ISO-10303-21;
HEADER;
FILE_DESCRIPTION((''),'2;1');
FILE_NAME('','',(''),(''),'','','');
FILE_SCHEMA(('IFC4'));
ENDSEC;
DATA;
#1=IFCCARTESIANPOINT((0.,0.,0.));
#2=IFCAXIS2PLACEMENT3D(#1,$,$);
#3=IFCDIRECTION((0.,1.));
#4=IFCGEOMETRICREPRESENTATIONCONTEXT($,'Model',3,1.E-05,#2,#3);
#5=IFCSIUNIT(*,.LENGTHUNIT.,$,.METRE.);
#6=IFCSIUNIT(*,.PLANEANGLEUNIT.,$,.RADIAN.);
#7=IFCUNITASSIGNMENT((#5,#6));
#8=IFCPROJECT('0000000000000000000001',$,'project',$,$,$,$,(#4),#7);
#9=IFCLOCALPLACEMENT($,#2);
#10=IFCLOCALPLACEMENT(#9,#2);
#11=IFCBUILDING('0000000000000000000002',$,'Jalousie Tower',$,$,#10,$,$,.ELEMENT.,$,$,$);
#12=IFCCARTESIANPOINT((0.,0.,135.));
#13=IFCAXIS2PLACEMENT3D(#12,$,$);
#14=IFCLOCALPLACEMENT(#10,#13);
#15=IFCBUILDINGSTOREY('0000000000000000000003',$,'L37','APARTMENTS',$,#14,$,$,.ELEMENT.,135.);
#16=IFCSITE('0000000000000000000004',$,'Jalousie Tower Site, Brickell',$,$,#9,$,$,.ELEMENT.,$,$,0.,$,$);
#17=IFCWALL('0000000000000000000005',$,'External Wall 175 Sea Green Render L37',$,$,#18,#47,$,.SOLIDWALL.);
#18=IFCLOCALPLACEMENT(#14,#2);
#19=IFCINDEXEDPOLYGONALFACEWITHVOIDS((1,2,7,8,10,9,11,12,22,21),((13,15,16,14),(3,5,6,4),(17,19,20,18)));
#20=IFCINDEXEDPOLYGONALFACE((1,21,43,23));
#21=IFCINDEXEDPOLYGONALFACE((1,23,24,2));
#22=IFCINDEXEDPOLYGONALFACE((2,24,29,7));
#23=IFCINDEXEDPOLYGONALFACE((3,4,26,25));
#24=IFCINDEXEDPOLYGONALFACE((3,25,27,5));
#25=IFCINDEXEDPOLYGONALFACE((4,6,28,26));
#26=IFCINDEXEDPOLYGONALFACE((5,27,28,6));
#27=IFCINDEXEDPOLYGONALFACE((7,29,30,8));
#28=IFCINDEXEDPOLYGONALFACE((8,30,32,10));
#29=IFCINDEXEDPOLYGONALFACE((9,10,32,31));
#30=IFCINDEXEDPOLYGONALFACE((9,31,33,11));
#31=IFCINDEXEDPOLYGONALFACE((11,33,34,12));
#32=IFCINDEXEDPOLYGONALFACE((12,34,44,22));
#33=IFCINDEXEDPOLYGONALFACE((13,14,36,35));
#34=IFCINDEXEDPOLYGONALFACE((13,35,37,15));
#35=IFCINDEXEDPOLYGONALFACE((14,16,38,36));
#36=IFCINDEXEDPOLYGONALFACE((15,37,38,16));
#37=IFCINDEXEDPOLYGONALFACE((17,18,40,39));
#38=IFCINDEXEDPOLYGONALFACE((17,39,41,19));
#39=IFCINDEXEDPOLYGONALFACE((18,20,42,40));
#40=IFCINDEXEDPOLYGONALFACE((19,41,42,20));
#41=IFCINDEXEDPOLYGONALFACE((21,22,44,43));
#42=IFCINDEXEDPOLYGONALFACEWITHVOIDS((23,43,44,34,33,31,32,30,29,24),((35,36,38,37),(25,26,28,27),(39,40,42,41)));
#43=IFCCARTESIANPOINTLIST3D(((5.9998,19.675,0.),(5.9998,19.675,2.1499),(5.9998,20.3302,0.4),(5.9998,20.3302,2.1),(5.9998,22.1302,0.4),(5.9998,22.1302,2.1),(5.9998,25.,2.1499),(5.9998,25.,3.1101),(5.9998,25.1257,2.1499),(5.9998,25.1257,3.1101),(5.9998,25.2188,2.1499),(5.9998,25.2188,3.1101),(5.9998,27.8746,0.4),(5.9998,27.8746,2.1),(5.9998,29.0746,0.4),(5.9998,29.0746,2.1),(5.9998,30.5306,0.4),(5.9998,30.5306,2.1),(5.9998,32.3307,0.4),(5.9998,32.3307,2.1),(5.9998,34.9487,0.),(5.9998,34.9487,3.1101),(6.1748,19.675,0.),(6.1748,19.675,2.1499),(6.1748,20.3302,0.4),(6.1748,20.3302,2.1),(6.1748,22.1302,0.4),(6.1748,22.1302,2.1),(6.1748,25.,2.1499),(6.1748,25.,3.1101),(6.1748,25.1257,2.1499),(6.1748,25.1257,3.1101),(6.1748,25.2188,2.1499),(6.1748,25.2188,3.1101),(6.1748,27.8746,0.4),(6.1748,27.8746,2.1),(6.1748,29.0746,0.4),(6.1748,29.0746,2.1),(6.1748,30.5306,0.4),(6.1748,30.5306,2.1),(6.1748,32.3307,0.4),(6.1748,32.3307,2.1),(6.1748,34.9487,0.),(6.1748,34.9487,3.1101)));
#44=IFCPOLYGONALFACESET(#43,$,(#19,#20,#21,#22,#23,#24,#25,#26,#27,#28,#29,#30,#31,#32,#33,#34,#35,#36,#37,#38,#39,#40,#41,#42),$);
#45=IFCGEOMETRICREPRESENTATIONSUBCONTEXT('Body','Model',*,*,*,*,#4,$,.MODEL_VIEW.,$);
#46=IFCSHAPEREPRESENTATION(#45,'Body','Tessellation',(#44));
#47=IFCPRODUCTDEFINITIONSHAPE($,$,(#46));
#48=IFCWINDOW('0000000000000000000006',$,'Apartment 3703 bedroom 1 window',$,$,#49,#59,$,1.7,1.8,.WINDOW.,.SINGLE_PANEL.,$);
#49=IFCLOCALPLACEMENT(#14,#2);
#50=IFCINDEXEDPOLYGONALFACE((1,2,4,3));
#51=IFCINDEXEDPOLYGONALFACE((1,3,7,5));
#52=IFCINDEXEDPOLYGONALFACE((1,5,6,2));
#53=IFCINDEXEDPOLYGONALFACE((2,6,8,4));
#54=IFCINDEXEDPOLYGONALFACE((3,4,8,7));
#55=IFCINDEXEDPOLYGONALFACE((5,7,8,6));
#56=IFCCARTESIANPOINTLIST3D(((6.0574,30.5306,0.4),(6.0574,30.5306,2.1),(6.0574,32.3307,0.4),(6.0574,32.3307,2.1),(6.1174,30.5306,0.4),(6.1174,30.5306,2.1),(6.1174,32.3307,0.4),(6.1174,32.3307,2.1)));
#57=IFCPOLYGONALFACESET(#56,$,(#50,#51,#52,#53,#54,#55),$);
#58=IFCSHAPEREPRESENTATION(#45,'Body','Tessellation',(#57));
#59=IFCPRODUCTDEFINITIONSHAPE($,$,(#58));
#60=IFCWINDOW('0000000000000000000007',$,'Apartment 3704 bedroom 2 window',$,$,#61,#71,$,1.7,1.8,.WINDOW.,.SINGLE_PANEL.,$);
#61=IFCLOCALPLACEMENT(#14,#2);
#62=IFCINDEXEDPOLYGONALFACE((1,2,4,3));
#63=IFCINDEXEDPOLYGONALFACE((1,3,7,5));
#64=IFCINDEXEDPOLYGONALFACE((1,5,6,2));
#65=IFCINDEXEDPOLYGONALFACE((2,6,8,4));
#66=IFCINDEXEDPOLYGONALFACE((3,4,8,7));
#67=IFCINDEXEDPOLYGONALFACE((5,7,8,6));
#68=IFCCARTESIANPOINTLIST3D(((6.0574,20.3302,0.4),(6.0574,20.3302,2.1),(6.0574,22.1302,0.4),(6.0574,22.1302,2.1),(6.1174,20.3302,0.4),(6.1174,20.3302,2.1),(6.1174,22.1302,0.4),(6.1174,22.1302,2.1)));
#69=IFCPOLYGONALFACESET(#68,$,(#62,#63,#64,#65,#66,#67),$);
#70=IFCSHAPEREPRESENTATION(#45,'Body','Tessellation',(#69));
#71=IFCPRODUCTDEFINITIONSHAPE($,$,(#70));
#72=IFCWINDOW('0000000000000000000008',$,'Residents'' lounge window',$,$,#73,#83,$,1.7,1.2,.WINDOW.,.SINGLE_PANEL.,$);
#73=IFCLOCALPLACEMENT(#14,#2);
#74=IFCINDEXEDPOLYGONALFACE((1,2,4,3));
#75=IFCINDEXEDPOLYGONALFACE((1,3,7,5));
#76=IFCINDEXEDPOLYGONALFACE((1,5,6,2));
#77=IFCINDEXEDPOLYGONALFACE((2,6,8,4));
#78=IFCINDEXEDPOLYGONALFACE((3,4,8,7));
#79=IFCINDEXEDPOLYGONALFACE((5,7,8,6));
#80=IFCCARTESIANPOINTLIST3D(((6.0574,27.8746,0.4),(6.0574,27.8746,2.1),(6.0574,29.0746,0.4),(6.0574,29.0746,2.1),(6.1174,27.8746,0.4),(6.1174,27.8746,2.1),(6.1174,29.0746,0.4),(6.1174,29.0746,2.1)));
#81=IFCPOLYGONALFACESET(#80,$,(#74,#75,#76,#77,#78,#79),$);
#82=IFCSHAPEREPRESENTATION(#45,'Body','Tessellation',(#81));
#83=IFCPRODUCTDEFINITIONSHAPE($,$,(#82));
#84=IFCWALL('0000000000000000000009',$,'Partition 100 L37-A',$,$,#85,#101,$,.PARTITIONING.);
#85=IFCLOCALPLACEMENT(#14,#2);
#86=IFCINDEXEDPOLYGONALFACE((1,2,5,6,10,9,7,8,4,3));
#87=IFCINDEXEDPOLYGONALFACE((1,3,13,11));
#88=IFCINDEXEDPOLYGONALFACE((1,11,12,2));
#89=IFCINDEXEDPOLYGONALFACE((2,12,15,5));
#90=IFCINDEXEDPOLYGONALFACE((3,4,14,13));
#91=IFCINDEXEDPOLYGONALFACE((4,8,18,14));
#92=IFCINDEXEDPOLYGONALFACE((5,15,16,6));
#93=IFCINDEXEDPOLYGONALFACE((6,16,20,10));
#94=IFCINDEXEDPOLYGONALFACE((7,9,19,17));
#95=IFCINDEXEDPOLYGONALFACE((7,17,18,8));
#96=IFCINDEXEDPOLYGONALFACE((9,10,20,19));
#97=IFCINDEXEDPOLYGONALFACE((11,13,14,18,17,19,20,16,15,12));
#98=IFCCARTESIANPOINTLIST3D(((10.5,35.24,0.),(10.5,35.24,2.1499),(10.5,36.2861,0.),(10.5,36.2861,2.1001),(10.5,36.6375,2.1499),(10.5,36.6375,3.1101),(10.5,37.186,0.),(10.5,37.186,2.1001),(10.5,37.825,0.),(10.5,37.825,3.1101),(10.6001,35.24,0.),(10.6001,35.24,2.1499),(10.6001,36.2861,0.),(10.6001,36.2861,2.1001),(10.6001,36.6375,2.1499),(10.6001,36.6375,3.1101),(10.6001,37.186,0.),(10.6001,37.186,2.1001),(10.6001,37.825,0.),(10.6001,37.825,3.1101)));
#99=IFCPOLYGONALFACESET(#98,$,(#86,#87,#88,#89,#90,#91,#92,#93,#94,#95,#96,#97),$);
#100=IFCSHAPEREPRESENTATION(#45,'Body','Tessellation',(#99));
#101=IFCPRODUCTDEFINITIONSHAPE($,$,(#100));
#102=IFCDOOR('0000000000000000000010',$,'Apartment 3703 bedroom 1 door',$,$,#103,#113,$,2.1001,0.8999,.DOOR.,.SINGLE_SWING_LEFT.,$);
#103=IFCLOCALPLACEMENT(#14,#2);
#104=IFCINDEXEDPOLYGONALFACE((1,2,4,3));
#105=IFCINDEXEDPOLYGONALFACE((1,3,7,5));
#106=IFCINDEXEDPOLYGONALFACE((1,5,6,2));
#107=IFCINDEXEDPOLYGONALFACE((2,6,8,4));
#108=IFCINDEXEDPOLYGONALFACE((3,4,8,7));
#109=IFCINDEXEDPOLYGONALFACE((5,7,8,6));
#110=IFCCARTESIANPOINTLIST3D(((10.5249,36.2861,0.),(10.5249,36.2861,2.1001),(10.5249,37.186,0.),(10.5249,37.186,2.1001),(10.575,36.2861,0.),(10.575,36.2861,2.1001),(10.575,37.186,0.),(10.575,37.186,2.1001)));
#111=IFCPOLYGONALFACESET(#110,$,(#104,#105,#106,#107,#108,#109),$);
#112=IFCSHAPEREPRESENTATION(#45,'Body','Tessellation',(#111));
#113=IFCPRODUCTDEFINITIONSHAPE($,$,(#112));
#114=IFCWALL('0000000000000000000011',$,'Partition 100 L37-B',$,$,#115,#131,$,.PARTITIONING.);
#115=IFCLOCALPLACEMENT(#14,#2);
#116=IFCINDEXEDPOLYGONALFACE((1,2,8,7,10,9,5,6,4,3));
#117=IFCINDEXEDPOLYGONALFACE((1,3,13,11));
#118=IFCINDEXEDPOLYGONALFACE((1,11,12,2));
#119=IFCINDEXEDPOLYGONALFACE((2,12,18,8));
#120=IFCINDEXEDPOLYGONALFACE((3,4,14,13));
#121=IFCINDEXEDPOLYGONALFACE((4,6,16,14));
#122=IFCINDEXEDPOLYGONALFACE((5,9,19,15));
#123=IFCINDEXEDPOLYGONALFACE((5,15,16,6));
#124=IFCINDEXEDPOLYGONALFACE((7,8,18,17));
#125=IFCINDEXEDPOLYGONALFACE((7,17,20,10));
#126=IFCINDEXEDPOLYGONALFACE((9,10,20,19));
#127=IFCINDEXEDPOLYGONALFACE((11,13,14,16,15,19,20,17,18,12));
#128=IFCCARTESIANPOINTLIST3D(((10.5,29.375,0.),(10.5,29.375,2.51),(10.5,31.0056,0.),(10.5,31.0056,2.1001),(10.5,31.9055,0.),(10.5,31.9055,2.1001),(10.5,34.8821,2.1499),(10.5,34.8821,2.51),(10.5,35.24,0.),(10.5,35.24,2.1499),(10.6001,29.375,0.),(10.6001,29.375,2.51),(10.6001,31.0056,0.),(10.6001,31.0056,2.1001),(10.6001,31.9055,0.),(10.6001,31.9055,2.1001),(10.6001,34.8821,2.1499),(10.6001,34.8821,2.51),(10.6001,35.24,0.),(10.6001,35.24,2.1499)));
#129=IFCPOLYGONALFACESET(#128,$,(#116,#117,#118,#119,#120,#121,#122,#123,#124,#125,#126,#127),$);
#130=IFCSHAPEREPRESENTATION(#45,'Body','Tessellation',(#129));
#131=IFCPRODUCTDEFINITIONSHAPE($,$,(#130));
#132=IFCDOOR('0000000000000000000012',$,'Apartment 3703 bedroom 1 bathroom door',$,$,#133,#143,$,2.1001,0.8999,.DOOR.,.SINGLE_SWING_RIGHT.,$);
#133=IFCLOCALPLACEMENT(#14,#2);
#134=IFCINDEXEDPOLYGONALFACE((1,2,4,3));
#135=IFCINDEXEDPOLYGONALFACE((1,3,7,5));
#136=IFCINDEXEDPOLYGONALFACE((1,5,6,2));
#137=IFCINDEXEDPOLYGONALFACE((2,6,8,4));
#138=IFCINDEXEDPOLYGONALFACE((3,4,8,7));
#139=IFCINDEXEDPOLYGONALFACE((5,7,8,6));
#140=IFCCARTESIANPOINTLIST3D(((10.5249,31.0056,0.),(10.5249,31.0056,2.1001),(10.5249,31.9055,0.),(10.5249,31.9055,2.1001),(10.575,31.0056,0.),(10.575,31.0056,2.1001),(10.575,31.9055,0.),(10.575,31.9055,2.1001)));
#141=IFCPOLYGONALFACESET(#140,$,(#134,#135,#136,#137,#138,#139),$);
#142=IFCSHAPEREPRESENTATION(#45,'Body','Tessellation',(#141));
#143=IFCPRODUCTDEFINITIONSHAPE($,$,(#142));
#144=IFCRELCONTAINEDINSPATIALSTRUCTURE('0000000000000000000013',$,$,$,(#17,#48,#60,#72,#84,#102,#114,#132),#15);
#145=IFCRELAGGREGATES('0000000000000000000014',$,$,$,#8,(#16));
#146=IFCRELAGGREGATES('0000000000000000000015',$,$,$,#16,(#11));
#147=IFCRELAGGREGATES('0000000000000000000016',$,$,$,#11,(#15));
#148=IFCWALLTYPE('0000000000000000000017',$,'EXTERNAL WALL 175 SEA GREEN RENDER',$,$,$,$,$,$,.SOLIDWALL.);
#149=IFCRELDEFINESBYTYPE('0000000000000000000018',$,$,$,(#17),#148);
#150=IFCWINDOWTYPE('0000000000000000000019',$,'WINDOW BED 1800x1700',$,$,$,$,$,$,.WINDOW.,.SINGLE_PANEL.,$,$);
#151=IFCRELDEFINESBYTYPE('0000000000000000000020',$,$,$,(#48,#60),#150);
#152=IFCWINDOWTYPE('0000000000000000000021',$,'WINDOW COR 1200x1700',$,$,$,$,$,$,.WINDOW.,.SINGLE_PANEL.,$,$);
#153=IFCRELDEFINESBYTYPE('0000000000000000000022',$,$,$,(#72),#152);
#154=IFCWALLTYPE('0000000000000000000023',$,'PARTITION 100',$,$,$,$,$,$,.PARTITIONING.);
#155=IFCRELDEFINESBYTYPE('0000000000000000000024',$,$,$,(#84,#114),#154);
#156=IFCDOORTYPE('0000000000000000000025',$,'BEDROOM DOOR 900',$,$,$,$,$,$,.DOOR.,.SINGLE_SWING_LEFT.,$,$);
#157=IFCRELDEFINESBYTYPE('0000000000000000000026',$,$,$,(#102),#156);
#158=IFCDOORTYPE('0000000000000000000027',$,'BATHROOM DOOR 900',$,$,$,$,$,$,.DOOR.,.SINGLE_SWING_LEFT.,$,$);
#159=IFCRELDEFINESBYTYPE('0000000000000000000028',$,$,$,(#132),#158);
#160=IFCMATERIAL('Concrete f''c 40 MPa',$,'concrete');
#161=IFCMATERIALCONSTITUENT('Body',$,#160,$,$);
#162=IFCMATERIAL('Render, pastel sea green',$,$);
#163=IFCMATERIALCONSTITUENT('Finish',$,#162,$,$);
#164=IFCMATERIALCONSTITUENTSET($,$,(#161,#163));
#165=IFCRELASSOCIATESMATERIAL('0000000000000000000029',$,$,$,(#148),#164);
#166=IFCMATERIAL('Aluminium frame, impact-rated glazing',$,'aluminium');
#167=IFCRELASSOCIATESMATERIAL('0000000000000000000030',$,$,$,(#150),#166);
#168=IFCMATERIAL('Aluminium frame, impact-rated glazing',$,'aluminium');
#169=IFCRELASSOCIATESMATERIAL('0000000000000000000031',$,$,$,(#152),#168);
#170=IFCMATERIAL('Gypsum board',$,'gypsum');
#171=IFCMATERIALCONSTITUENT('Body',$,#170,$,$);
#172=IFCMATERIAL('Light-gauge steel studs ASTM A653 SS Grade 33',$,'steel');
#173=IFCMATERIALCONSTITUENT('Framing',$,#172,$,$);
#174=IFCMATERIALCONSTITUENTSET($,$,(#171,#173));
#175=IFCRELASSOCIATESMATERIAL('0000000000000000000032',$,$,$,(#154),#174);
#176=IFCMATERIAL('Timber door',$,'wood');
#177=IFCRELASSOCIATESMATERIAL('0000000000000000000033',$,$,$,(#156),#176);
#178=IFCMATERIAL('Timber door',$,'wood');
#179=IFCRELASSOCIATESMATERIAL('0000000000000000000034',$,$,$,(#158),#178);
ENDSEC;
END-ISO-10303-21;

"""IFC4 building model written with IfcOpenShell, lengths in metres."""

from ifc_helpers import new_model, si_unit, direction, frame, frame_2d, origin, place, context, subcontext, project, spatial, polyline, rectangle, outline, extrude, material, constituent, constituent_set, type_object, element, fill, save


model = new_model("IFC4")

# Units and contexts
model_context = context("Model", 3, precision=1e-05, world=origin(), true_north=direction((0.0, 1.0)))
body_context = subcontext(model_context, "Body", "Model", "MODEL_VIEW")
ifc_project = project(units=[si_unit("LENGTHUNIT", "METRE"), si_unit("PLANEANGLEUNIT", "RADIAN")], contexts=[model_context])

# Site, building, storey
site_placement = place(None, origin())
site = spatial("IfcSite", under=ifc_project, at=site_placement, Name="Jalousie Tower Site, Brickell", CompositionType="ELEMENT", RefElevation=0.0)
building_placement = place(site_placement, origin())
building = spatial("IfcBuilding", under=site, at=building_placement, Name="Jalousie Tower", CompositionType="ELEMENT")
storey_placement = place(building_placement, frame((0.0, 0.0, 135.0)))
storey = spatial("IfcBuildingStorey", under=building, at=storey_placement, Name="L37", Description="APARTMENTS", CompositionType="ELEMENT", Elevation=135.0)

# Wall, openings, windows
ifc_material_1 = material(Name="Concrete f'c 40 MPa", Category="concrete")
ifc_constituent_1 = constituent(ifc_material_1, Name="Body")
ifc_material_2 = material(Name="Render, pastel sea green")
ifc_constituent_2 = constituent(ifc_material_2, Name="Finish")
ifc_constituent_set_1 = constituent_set(constituents=[ifc_constituent_1, ifc_constituent_2])
wall_type_1 = type_object("IfcWallType", Name="EXTERNAL WALL 175 SEA GREEN RENDER", PredefinedType="SOLIDWALL", material=ifc_constituent_set_1)
wall_1_placement = place(storey_placement, frame((6.0874, 34.9487, 0.0), z_axis=(0.0, 0.0, 1.0), x_axis=(0.0, -1.0, 0.0)))
wall_1 = element("IfcWall", 1, at=wall_1_placement, inside=storey, type_object=wall_type_1, Name="External Wall 175 Sea Green Render L37", PredefinedType="SOLIDWALL", context=body_context, shape_type="SweptSolid", body=[
    extrude(outline(polyline([(0.0, 0.0), (15.2737, 0.0), (15.2737, 2.1499), (9.9487, 2.1499), (9.9487, 3.1101), (9.823, 3.1101), (9.823, 2.1499), (9.73, 2.1499), (9.73, 3.1101), (0.0, 3.1101), (0.0, 0.0)])), frame((0.0, 0.0874, 0.0), z_axis=(0.0, -1.0, 0.0), x_axis=(1.0, 0.0, 0.0)), (0.0, 0.0, 1.0), 0.175),
])
opening_1_placement = place(wall_1_placement, frame((2.6182, 0.0, 0.3999)))
opening_1 = element("IfcOpeningElement", 2, at=opening_1_placement, cuts=wall_1, PredefinedType="OPENING", context=body_context, shape_type="SweptSolid", body=[
    extrude(rectangle(XDim=1.8, YDim=1.7, at=frame_2d((0.8999, 0.8501))), frame((0.0, 0.0974, 0.0), z_axis=(0.0, -1.0, 0.0), x_axis=(1.0, 0.0, 0.0)), (0.0, 0.0, 1.0), 0.1951),
])
opening_2_placement = place(wall_1_placement, frame((5.874, 0.0, 0.3999)))
opening_2 = element("IfcOpeningElement", 3, at=opening_2_placement, cuts=wall_1, PredefinedType="OPENING", context=body_context, shape_type="SweptSolid", body=[
    extrude(rectangle(XDim=1.2, YDim=1.7, at=frame_2d((0.6001, 0.8501))), frame((0.0, 0.0974, 0.0), z_axis=(0.0, -1.0, 0.0), x_axis=(1.0, 0.0, 0.0)), (0.0, 0.0, 1.0), 0.1951),
])
opening_3_placement = place(wall_1_placement, frame((12.8186, 0.0, 0.3999)))
opening_3 = element("IfcOpeningElement", 4, at=opening_3_placement, cuts=wall_1, PredefinedType="OPENING", context=body_context, shape_type="SweptSolid", body=[
    extrude(rectangle(XDim=1.8, YDim=1.7, at=frame_2d((0.8999, 0.8501))), frame((0.0, 0.0974, 0.0), z_axis=(0.0, -1.0, 0.0), x_axis=(1.0, 0.0, 0.0)), (0.0, 0.0, 1.0), 0.1951),
])
ifc_material_3 = material(Name="Aluminium frame, impact-rated glazing", Category="aluminium")
window_type_1 = type_object("IfcWindowType", Name="WINDOW BED 1800x1700", PartitioningType="SINGLE_PANEL", PredefinedType="WINDOW", material=ifc_material_3)
window_1_placement = place(opening_1_placement, origin())
window_1 = element("IfcWindow", 5, at=window_1_placement, inside=storey, type_object=window_type_1, Name="Apartment 3703 bedroom 1 window", OverallHeight=1.7, OverallWidth=1.8, PartitioningType="SINGLE_PANEL", PredefinedType="WINDOW", context=body_context, shape_type="SweptSolid", body=[
    extrude(rectangle(XDim=1.8, YDim=1.7, at=frame_2d((0.8999, 0.8501))), frame((0.0, 0.03, 0.0), z_axis=(0.0, -1.0, 0.0), x_axis=(1.0, 0.0, 0.0)), (0.0, 0.0, 1.0), 0.0601),
])
fill(opening_1, window_1)
window_2_placement = place(opening_3_placement, origin())
window_2 = element("IfcWindow", 6, at=window_2_placement, inside=storey, type_object=window_type_1, Name="Apartment 3704 bedroom 2 window", OverallHeight=1.7, OverallWidth=1.8, PartitioningType="SINGLE_PANEL", PredefinedType="WINDOW", context=body_context, shape_type="SweptSolid", body=[
    extrude(rectangle(XDim=1.8, YDim=1.7, at=frame_2d((0.8999, 0.8501))), frame((0.0, 0.03, 0.0), z_axis=(0.0, -1.0, 0.0), x_axis=(1.0, 0.0, 0.0)), (0.0, 0.0, 1.0), 0.0601),
])
fill(opening_3, window_2)
ifc_material_4 = material(Name="Aluminium frame, impact-rated glazing", Category="aluminium")
window_type_2 = type_object("IfcWindowType", Name="WINDOW COR 1200x1700", PartitioningType="SINGLE_PANEL", PredefinedType="WINDOW", material=ifc_material_4)
window_3_placement = place(opening_2_placement, origin())
window_3 = element("IfcWindow", 7, at=window_3_placement, inside=storey, type_object=window_type_2, Name="Residents' lounge window", OverallHeight=1.7, OverallWidth=1.2, PartitioningType="SINGLE_PANEL", PredefinedType="WINDOW", context=body_context, shape_type="SweptSolid", body=[
    extrude(rectangle(XDim=1.2, YDim=1.7, at=frame_2d((0.6001, 0.8501))), frame((0.0, 0.03, 0.0), z_axis=(0.0, -1.0, 0.0), x_axis=(1.0, 0.0, 0.0)), (0.0, 0.0, 1.0), 0.0601),
])
fill(opening_2, window_3)

# Walls, openings, doors
ifc_material_5 = material(Name="Gypsum board", Category="gypsum")
ifc_constituent_3 = constituent(ifc_material_5, Name="Body")
ifc_material_6 = material(Name="Light-gauge steel studs ASTM A653 SS Grade 33", Category="steel")
ifc_constituent_4 = constituent(ifc_material_6, Name="Framing")
ifc_constituent_set_2 = constituent_set(constituents=[ifc_constituent_3, ifc_constituent_4])
wall_type_2 = type_object("IfcWallType", Name="PARTITION 100", PredefinedType="PARTITIONING", material=ifc_constituent_set_2)
wall_2_placement = place(storey_placement, frame((10.55, 37.825, 0.0), z_axis=(0.0, 0.0, 1.0), x_axis=(0.0, -1.0, 0.0)))
wall_2 = element("IfcWall", 8, at=wall_2_placement, inside=storey, type_object=wall_type_2, Name="Partition 100 L37-A", PredefinedType="PARTITIONING", context=body_context, shape_type="SweptSolid", body=[
    extrude(outline(polyline([(0.0, 0.0), (2.585, 0.0), (2.585, 2.1499), (1.1875, 2.1499), (1.1875, 3.1101), (0.0, 3.1101), (0.0, 0.0)])), frame((0.0, 0.05, 0.0), z_axis=(0.0, -1.0, 0.0), x_axis=(1.0, 0.0, 0.0)), (0.0, 0.0, 1.0), 0.1001),
])
opening_4_placement = place(wall_2_placement, frame((0.6389, 0.0, 0.0)))
opening_4 = element("IfcOpeningElement", 9, at=opening_4_placement, cuts=wall_2, PredefinedType="OPENING", context=body_context, shape_type="SweptSolid", body=[
    extrude(rectangle(XDim=0.8999, YDim=2.1001, at=frame_2d((0.45, 1.05))), frame((0.0, 0.0601, 0.0), z_axis=(0.0, -1.0, 0.0), x_axis=(1.0, 0.0, 0.0)), (0.0, 0.0, 1.0), 0.1201),
])
ifc_material_7 = material(Name="Timber door", Category="wood")
door_type_1 = type_object("IfcDoorType", Name="BEDROOM DOOR 900", OperationType="SINGLE_SWING_LEFT", PredefinedType="DOOR", material=ifc_material_7)
door_1_placement = place(opening_4_placement, origin())
door_1 = element("IfcDoor", 10, at=door_1_placement, inside=storey, type_object=door_type_1, Name="Apartment 3703 bedroom 1 door", OperationType="SINGLE_SWING_LEFT", OverallHeight=2.1001, OverallWidth=0.8999, PredefinedType="DOOR", context=body_context, shape_type="SweptSolid", body=[
    extrude(rectangle(XDim=0.8999, YDim=2.1001, at=frame_2d((0.45, 1.05))), frame((0.0, 0.0249, 0.0), z_axis=(0.0, -1.0, 0.0), x_axis=(1.0, 0.0, 0.0)), (0.0, 0.0, 1.0), 0.05),
])
fill(opening_4, door_1)
wall_3_placement = place(storey_placement, frame((10.55, 35.24, 0.0), z_axis=(0.0, 0.0, 1.0), x_axis=(0.0, -1.0, 0.0)))
wall_3 = element("IfcWall", 11, at=wall_3_placement, inside=storey, type_object=wall_type_2, Name="Partition 100 L37-B", PredefinedType="PARTITIONING", context=body_context, shape_type="SweptSolid", body=[
    extrude(outline(polyline([(0.0, 0.0), (5.865, 0.0), (5.865, 2.51), (0.3579, 2.51), (0.3579, 2.1499), (0.0, 2.1499), (0.0, 0.0)])), frame((0.0, 0.05, 0.0), z_axis=(0.0, -1.0, 0.0), x_axis=(1.0, 0.0, 0.0)), (0.0, 0.0, 1.0), 0.1001),
])
opening_5_placement = place(wall_3_placement, frame((3.3345, 0.0, 0.0)))
opening_5 = element("IfcOpeningElement", 12, at=opening_5_placement, cuts=wall_3, PredefinedType="OPENING", context=body_context, shape_type="SweptSolid", body=[
    extrude(rectangle(XDim=0.8999, YDim=2.1001, at=frame_2d((0.45, 1.05))), frame((0.0, 0.0601, 0.0), z_axis=(0.0, -1.0, 0.0), x_axis=(1.0, 0.0, 0.0)), (0.0, 0.0, 1.0), 0.1201),
])
ifc_material_8 = material(Name="Timber door", Category="wood")
door_type_2 = type_object("IfcDoorType", Name="BATHROOM DOOR 900", OperationType="SINGLE_SWING_LEFT", PredefinedType="DOOR", material=ifc_material_8)
door_2_placement = place(opening_5_placement, origin())
door_2 = element("IfcDoor", 13, at=door_2_placement, inside=storey, type_object=door_type_2, Name="Apartment 3703 bedroom 1 bathroom door", OperationType="SINGLE_SWING_RIGHT", OverallHeight=2.1001, OverallWidth=0.8999, PredefinedType="DOOR", context=body_context, shape_type="SweptSolid", body=[
    extrude(rectangle(XDim=0.8999, YDim=2.1001, at=frame_2d((0.45, 1.05))), frame((0.0, 0.0249, 0.0), z_axis=(0.0, -1.0, 0.0), x_axis=(1.0, 0.0, 0.0)), (0.0, 0.0, 1.0), 0.05),
])
fill(opening_5, door_2)

save(model, "model.ifc")
